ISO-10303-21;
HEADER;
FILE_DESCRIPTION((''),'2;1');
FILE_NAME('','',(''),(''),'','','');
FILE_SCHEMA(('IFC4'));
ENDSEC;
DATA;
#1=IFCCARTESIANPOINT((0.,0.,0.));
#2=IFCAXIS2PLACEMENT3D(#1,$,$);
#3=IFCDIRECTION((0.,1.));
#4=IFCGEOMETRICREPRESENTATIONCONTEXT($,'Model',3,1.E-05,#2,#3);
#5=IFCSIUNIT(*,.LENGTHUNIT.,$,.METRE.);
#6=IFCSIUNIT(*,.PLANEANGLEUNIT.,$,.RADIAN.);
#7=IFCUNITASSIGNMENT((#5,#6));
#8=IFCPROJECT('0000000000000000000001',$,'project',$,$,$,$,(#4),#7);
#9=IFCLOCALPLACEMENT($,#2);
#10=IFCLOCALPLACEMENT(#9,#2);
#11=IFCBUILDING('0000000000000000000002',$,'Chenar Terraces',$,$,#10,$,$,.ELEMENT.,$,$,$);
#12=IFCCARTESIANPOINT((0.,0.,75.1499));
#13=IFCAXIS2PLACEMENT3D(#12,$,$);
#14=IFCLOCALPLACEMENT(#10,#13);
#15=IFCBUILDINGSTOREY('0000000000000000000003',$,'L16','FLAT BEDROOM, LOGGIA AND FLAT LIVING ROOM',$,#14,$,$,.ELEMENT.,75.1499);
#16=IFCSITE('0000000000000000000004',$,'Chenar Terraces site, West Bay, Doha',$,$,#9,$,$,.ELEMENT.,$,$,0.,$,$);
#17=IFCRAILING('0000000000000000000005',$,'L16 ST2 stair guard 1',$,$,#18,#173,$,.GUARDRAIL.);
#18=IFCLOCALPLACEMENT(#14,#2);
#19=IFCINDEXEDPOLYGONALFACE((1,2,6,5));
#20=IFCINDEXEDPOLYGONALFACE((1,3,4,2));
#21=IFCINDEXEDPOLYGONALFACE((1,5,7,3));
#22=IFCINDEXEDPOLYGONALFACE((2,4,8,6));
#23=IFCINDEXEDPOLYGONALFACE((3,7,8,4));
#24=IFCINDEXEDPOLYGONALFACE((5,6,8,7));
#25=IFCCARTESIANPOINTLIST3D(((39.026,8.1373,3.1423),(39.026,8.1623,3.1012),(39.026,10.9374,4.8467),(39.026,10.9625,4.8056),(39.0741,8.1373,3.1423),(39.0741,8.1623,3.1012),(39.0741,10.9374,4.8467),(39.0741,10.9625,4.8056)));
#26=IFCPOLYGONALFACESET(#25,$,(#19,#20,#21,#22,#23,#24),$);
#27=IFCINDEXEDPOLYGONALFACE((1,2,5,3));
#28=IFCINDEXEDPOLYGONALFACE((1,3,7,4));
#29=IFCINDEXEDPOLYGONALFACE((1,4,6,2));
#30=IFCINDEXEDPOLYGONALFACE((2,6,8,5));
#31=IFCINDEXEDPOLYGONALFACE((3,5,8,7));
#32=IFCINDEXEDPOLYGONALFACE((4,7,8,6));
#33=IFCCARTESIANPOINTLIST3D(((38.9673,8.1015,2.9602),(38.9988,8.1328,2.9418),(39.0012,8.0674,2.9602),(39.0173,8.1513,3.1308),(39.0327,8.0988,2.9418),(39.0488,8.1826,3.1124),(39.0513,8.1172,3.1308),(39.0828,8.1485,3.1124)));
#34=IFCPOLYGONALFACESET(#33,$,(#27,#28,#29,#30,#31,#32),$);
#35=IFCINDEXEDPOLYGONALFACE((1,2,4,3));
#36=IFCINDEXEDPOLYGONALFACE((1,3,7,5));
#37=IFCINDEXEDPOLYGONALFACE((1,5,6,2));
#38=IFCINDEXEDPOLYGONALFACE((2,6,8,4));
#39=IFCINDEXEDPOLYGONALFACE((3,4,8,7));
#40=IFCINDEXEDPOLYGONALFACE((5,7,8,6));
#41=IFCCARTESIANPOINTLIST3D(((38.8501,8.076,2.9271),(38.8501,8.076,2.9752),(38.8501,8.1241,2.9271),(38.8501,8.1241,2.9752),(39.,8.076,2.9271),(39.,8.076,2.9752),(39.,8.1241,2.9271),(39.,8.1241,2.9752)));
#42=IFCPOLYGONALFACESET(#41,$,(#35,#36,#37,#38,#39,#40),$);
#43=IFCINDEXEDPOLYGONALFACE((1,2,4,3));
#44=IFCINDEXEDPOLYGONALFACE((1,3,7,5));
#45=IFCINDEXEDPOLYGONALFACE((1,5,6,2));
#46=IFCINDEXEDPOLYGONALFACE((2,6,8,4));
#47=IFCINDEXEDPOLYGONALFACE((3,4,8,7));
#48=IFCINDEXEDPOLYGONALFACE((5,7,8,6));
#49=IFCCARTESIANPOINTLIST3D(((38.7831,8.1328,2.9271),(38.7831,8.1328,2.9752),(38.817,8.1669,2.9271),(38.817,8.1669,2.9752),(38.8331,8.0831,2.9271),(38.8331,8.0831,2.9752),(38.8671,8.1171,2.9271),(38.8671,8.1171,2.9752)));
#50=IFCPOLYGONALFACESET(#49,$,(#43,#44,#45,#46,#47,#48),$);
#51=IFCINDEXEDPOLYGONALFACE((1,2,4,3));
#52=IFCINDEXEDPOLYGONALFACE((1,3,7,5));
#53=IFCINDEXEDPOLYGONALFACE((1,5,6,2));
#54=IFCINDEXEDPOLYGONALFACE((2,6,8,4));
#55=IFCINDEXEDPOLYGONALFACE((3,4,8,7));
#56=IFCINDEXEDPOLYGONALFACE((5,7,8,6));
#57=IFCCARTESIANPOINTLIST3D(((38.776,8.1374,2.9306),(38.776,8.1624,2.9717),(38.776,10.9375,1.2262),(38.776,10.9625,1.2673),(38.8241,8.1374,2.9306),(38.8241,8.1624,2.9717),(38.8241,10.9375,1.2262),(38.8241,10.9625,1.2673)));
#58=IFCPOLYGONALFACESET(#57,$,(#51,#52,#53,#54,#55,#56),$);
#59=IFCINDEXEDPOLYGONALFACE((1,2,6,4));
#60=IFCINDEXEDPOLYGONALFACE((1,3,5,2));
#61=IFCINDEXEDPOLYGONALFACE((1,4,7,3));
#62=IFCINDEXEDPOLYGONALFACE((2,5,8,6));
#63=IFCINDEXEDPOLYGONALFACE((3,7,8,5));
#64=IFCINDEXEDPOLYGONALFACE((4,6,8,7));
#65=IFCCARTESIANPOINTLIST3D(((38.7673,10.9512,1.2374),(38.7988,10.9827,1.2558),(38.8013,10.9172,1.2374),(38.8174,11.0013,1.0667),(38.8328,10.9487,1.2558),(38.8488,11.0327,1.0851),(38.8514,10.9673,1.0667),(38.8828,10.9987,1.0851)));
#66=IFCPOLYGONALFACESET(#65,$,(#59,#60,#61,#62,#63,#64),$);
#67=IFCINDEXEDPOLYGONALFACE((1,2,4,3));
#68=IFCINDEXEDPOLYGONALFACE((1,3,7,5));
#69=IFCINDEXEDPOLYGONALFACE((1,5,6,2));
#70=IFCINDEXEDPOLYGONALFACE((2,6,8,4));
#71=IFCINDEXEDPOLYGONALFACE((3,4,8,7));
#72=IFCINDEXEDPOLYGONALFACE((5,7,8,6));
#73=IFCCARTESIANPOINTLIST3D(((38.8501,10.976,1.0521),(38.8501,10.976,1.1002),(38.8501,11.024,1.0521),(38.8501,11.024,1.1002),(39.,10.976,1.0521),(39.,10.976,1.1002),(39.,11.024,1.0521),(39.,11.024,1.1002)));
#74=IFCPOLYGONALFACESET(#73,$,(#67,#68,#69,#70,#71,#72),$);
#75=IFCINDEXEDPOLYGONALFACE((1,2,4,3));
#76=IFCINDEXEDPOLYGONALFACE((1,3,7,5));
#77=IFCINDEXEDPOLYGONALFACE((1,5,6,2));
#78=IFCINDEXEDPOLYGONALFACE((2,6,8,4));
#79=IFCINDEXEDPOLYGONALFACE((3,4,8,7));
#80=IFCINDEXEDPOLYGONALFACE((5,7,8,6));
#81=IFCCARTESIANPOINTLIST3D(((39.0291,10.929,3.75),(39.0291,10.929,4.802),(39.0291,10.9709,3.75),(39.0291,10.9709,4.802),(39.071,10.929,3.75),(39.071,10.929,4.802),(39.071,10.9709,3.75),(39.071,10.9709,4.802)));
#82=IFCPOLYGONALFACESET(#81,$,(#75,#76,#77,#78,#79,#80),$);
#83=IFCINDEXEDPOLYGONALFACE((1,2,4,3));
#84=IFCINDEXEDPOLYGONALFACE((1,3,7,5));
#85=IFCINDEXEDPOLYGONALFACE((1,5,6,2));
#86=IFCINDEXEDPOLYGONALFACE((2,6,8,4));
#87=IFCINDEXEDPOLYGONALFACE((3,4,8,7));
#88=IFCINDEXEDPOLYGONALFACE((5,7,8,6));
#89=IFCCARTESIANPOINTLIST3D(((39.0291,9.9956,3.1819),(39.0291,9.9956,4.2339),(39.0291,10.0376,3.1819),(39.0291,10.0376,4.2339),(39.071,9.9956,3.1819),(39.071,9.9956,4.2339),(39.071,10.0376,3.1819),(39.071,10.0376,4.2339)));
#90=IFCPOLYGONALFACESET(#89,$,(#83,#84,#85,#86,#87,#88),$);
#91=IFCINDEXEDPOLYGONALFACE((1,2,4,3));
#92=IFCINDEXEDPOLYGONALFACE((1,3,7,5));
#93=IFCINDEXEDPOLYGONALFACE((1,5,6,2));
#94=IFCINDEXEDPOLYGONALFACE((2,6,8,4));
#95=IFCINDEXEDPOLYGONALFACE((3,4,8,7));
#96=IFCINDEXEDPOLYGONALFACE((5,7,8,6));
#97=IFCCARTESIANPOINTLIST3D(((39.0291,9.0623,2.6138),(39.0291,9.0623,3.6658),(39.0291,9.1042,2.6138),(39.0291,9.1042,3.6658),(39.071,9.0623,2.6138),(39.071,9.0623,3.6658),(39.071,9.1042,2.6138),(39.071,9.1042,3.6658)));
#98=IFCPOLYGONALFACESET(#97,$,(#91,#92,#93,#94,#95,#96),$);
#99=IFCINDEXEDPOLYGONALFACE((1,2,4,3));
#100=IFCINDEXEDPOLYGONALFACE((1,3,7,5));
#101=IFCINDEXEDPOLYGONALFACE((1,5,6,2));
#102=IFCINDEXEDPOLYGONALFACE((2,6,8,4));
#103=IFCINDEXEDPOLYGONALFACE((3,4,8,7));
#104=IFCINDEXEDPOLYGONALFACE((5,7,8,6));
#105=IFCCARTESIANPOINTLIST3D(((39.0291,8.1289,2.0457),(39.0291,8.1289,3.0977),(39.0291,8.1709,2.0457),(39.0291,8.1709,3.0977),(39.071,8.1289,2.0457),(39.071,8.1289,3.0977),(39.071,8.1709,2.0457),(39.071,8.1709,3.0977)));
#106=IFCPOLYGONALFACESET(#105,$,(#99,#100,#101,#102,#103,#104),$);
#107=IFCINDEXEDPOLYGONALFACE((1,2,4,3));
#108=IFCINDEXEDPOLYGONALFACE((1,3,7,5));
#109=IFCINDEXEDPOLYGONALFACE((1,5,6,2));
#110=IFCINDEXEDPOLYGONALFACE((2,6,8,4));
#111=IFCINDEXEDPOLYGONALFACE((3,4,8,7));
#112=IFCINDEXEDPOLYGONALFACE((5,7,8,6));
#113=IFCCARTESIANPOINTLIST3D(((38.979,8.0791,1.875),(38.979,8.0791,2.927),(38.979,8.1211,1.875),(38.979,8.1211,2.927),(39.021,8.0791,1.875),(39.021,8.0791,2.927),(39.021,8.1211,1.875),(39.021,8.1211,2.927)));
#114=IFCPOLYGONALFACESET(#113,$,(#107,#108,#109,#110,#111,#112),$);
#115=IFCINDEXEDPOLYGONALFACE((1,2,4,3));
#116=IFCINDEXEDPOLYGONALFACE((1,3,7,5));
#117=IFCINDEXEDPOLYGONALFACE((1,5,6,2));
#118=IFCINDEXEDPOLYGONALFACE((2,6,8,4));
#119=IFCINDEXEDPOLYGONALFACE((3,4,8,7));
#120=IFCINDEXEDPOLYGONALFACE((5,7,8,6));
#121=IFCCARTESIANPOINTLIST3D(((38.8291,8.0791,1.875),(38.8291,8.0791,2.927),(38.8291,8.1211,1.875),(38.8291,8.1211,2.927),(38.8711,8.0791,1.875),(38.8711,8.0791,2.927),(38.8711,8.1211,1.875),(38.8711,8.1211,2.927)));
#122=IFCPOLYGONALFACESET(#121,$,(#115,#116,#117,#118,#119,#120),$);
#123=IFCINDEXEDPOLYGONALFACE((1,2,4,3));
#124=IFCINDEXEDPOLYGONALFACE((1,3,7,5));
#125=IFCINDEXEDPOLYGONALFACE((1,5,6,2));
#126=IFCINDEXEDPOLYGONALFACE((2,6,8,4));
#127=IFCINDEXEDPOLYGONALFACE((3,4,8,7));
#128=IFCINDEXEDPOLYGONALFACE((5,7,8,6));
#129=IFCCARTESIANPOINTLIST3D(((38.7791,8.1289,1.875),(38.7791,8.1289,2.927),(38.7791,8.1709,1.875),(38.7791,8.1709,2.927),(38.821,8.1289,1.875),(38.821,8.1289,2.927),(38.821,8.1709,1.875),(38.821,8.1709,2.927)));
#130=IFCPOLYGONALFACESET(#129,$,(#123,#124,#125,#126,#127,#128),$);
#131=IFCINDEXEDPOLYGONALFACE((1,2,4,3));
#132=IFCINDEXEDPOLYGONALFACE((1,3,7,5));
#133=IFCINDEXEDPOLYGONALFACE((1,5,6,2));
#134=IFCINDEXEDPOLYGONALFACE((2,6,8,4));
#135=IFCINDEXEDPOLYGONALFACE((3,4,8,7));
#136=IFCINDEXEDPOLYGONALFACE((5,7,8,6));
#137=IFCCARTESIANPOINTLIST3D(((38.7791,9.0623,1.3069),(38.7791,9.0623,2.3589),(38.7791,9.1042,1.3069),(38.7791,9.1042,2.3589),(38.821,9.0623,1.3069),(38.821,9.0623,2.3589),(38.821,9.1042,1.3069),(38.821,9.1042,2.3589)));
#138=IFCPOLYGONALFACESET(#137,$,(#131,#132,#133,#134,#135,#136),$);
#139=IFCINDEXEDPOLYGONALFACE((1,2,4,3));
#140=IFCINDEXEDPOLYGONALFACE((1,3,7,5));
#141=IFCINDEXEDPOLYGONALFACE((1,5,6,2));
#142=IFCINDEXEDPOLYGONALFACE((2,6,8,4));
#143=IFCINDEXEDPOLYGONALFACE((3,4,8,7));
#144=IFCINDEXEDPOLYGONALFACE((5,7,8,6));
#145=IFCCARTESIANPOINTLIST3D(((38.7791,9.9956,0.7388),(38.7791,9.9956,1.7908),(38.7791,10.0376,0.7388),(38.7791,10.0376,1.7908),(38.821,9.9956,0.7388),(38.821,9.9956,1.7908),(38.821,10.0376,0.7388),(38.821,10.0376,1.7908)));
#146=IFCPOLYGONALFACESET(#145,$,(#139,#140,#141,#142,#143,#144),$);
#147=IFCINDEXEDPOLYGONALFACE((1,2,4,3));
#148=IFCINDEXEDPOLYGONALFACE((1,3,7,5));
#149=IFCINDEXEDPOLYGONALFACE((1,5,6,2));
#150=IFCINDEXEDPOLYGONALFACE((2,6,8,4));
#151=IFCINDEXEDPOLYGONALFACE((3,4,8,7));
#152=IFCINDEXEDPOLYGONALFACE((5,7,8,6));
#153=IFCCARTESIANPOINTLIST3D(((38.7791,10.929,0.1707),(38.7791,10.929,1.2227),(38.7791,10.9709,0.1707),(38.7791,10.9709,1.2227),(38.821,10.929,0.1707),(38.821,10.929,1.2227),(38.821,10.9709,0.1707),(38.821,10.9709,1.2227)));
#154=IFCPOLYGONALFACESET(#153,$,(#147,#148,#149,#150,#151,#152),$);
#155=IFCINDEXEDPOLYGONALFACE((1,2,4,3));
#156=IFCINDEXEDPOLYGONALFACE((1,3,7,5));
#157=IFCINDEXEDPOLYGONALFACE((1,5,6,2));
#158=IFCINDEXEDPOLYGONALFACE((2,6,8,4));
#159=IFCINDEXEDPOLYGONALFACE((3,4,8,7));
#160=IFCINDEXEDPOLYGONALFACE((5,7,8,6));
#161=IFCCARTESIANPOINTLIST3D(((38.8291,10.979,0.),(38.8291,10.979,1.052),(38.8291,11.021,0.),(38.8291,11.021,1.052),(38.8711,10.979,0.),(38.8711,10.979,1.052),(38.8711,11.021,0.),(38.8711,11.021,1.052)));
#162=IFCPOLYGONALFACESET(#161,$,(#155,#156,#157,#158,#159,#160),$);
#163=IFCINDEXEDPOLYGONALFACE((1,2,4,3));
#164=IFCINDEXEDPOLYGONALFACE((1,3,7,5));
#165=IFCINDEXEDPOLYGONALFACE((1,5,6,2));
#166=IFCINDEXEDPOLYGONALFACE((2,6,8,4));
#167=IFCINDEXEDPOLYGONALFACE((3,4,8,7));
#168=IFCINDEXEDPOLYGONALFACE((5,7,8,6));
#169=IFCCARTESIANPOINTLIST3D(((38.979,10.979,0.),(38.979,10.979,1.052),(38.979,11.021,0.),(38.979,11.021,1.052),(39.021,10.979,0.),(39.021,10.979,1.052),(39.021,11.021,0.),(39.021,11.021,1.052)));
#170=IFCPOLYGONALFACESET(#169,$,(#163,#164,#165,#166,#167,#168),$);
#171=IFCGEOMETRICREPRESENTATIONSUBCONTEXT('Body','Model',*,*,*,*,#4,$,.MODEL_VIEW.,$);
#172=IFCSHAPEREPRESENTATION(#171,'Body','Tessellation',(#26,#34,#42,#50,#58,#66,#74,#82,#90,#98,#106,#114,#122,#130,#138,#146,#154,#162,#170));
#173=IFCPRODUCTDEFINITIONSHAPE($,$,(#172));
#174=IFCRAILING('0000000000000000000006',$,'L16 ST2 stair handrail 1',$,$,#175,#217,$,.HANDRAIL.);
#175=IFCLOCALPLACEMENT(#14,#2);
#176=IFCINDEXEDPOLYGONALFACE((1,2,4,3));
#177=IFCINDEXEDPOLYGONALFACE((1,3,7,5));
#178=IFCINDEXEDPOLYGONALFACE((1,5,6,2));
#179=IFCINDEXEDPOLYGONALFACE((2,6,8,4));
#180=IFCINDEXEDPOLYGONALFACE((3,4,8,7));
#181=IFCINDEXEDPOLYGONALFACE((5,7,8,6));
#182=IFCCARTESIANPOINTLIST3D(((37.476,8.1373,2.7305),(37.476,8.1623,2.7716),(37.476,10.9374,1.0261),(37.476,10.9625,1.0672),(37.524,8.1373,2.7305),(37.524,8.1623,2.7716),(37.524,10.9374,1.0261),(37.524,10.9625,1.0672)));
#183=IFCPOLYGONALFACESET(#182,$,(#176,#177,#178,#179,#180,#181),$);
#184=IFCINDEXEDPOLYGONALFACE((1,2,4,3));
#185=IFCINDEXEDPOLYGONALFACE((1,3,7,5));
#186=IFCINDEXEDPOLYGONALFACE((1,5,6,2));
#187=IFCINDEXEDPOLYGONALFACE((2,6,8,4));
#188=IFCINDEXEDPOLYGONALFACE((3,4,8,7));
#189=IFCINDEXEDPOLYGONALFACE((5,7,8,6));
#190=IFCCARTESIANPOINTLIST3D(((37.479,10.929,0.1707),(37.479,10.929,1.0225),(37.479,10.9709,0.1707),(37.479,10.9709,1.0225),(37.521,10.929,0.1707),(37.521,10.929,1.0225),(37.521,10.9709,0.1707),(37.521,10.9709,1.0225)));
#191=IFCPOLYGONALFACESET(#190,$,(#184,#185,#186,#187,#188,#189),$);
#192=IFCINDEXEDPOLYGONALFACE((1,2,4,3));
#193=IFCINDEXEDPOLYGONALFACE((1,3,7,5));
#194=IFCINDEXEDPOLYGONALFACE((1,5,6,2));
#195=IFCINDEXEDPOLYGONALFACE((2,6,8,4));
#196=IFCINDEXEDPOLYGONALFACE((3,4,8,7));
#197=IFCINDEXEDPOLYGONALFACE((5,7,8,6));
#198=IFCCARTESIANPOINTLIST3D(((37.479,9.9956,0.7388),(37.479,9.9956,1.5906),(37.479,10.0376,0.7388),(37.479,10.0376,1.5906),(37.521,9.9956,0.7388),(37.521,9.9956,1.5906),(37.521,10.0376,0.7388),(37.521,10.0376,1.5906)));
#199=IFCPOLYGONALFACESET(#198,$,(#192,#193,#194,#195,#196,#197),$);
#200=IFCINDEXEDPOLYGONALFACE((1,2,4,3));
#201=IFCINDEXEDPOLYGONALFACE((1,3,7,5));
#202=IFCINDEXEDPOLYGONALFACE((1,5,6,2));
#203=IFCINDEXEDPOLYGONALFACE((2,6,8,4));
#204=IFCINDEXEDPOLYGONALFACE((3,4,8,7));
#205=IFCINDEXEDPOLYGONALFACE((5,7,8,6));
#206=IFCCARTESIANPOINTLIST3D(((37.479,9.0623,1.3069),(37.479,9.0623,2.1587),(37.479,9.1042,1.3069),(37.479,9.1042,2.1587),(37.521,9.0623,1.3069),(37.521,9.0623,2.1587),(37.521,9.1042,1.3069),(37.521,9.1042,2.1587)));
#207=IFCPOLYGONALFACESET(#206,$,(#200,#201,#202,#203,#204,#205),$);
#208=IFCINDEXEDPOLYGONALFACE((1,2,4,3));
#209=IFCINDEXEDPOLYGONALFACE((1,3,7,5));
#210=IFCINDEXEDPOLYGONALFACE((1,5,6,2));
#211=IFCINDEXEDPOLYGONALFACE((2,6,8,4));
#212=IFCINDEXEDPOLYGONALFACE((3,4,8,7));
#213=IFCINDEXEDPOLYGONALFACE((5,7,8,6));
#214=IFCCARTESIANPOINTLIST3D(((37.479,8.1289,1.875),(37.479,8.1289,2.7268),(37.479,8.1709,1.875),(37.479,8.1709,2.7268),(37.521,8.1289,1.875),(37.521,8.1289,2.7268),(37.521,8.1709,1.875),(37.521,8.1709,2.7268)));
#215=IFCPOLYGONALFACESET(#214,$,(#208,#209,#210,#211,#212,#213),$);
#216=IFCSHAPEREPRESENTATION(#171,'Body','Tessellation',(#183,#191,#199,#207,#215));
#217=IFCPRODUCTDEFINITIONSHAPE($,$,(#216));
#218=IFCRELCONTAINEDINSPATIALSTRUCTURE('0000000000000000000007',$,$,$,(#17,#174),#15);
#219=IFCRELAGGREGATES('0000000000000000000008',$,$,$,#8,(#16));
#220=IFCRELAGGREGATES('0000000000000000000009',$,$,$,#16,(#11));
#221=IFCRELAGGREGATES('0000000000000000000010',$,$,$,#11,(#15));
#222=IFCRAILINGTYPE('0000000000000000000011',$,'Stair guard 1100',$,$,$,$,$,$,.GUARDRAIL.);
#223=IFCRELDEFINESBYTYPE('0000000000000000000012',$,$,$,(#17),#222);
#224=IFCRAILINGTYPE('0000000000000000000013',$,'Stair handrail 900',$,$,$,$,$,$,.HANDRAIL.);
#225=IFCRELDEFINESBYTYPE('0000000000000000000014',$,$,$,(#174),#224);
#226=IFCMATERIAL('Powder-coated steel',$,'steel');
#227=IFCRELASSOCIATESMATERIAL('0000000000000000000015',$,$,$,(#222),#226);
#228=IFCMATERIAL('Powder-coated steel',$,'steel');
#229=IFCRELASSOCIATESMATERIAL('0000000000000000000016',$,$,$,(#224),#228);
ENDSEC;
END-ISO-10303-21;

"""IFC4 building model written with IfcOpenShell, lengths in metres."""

from ifc_helpers import new_model, si_unit, direction, frame, origin, origin_2d, place, context, subcontext, project, spatial, rectangle, extrude, material, type_object, element, save


model = new_model("IFC4")

# Units and contexts
model_context = context("Model", 3, precision=1e-05, world=origin(), true_north=direction((0.0, 1.0)))
body_context = subcontext(model_context, "Body", "Model", "MODEL_VIEW")
ifc_project = project(units=[si_unit("LENGTHUNIT", "METRE"), si_unit("PLANEANGLEUNIT", "RADIAN")], contexts=[model_context])

# Site, building, storey
site_placement = place(None, origin())
site = spatial("IfcSite", under=ifc_project, at=site_placement, Name="Chenar Terraces site, West Bay, Doha", CompositionType="ELEMENT", RefElevation=0.0)
building_placement = place(site_placement, origin())
building = spatial("IfcBuilding", under=site, at=building_placement, Name="Chenar Terraces", CompositionType="ELEMENT")
storey_placement = place(building_placement, frame((0.0, 0.0, 75.1499)))
storey = spatial("IfcBuildingStorey", under=building, at=storey_placement, Name="L16", Description="FLAT BEDROOM, LOGGIA AND FLAT LIVING ROOM", CompositionType="ELEMENT", Elevation=75.1499)

# Railings
ifc_material_1 = material(Name="Powder-coated steel", Category="steel")
railing_type_1 = type_object("IfcRailingType", Name="Stair guard 1100", PredefinedType="GUARDRAIL", material=ifc_material_1)
railing_1_placement = place(storey_placement, frame((39.05, 10.95, 3.75)))
element("IfcRailing", 1, at=railing_1_placement, inside=storey, type_object=railing_type_1, Name="L16 ST2 stair guard 1", PredefinedType="GUARDRAIL", context=body_context, shape_type="SweptSolid", body=[
    extrude(rectangle(XDim=0.0481, YDim=0.0481, at=origin_2d()), frame((0.0, 0.0, 1.0762), z_axis=(0.0, -0.854203, -0.51994), x_axis=(1.0, 0.0, 0.0)), (0.0, 0.0, 1.0), 3.2781),
    extrude(rectangle(XDim=0.0481, YDim=0.0481, at=origin_2d()), frame((0.0, -2.8, -0.6284), z_axis=(-0.270997, -0.269675, -0.924033), x_axis=(0.705376, -0.708834, 0.0)), (0.0, 0.0, 1.0), 0.1846),
    extrude(rectangle(XDim=0.0481, YDim=0.0481, at=origin_2d()), frame((-0.05, -2.8499, -0.7988), z_axis=(-1.0, 0.0, 0.0), x_axis=(0.0, -1.0, 0.0)), (0.0, 0.0, 1.0), 0.1499),
    extrude(rectangle(XDim=0.0481, YDim=0.0481, at=origin_2d()), frame((-0.2, -2.8499, -0.7988), z_axis=(-0.708834, 0.705376, 0.0), x_axis=(-0.705376, -0.708834, 0.0)), (0.0, 0.0, 1.0), 0.0706),
    extrude(rectangle(XDim=0.0481, YDim=0.0481, at=origin_2d()), frame((-0.25, -2.8, -0.7988), z_axis=(0.0, 0.854203, -0.51994), x_axis=(-1.0, 0.0, 0.0)), (0.0, 0.0, 1.0), 3.2781),
    extrude(rectangle(XDim=0.0481, YDim=0.0481, at=origin_2d()), frame((-0.25, 0.0, -2.5034), z_axis=(0.2709, 0.2709, -0.923703), x_axis=(-0.707107, 0.707107, 0.0)), (0.0, 0.0, 1.0), 0.1848),
    extrude(rectangle(XDim=0.0481, YDim=0.0481, at=origin_2d()), frame((-0.2, 0.05, -2.6738), z_axis=(1.0, 0.0, 0.0), x_axis=(0.0, 1.0, 0.0)), (0.0, 0.0, 1.0), 0.1499),
    extrude(rectangle(XDim=0.042, YDim=0.042, at=origin_2d()), origin(), (0.0, 0.0, 1.0), 1.052),
    extrude(rectangle(XDim=0.042, YDim=0.042, at=origin_2d()), frame((0.0, -0.9333, -0.5681)), (0.0, 0.0, 1.0), 1.052),
    extrude(rectangle(XDim=0.042, YDim=0.042, at=origin_2d()), frame((0.0, -1.8667, -1.1362)), (0.0, 0.0, 1.0), 1.052),
    extrude(rectangle(XDim=0.042, YDim=0.042, at=origin_2d()), frame((0.0, -2.8, -1.7043)), (0.0, 0.0, 1.0), 1.052),
    extrude(rectangle(XDim=0.042, YDim=0.042, at=origin_2d()), frame((-0.05, -2.8499, -1.875)), (0.0, 0.0, 1.0), 1.052),
    extrude(rectangle(XDim=0.042, YDim=0.042, at=origin_2d()), frame((-0.2, -2.8499, -1.875)), (0.0, 0.0, 1.0), 1.052),
    extrude(rectangle(XDim=0.042, YDim=0.042, at=origin_2d()), frame((-0.25, -2.8, -1.875)), (0.0, 0.0, 1.0), 1.052),
    extrude(rectangle(XDim=0.042, YDim=0.042, at=origin_2d()), frame((-0.25, -1.8667, -2.4431)), (0.0, 0.0, 1.0), 1.052),
    extrude(rectangle(XDim=0.042, YDim=0.042, at=origin_2d()), frame((-0.25, -0.9333, -3.0112)), (0.0, 0.0, 1.0), 1.052),
    extrude(rectangle(XDim=0.042, YDim=0.042, at=origin_2d()), frame((-0.25, 0.0, -3.5793)), (0.0, 0.0, 1.0), 1.052),
    extrude(rectangle(XDim=0.042, YDim=0.042, at=origin_2d()), frame((-0.2, 0.05, -3.75)), (0.0, 0.0, 1.0), 1.052),
    extrude(rectangle(XDim=0.042, YDim=0.042, at=origin_2d()), frame((-0.05, 0.05, -3.75)), (0.0, 0.0, 1.0), 1.052),
])
ifc_material_2 = material(Name="Powder-coated steel", Category="steel")
railing_type_2 = type_object("IfcRailingType", Name="Stair handrail 900", PredefinedType="HANDRAIL", material=ifc_material_2)
railing_2_placement = place(storey_placement, frame((37.5, 10.95, 0.1707)))
element("IfcRailing", 2, at=railing_2_placement, inside=storey, type_object=railing_type_2, Name="L16 ST2 stair handrail 1", PredefinedType="HANDRAIL", context=body_context, shape_type="SweptSolid", body=[
    extrude(rectangle(XDim=0.0481, YDim=0.0481, at=origin_2d()), frame((0.0, 0.0, 0.876), z_axis=(0.0, -0.854203, 0.51994), x_axis=(1.0, 0.0, 0.0)), (0.0, 0.0, 1.0), 3.2781),
    extrude(rectangle(XDim=0.042, YDim=0.042, at=origin_2d()), origin(), (0.0, 0.0, 1.0), 0.8518),
    extrude(rectangle(XDim=0.042, YDim=0.042, at=origin_2d()), frame((0.0, -0.9333, 0.5681)), (0.0, 0.0, 1.0), 0.8518),
    extrude(rectangle(XDim=0.042, YDim=0.042, at=origin_2d()), frame((0.0, -1.8667, 1.1362)), (0.0, 0.0, 1.0), 0.8518),
    extrude(rectangle(XDim=0.042, YDim=0.042, at=origin_2d()), frame((0.0, -2.8, 1.7043)), (0.0, 0.0, 1.0), 0.8518),
])

save(model, "model.ifc")
